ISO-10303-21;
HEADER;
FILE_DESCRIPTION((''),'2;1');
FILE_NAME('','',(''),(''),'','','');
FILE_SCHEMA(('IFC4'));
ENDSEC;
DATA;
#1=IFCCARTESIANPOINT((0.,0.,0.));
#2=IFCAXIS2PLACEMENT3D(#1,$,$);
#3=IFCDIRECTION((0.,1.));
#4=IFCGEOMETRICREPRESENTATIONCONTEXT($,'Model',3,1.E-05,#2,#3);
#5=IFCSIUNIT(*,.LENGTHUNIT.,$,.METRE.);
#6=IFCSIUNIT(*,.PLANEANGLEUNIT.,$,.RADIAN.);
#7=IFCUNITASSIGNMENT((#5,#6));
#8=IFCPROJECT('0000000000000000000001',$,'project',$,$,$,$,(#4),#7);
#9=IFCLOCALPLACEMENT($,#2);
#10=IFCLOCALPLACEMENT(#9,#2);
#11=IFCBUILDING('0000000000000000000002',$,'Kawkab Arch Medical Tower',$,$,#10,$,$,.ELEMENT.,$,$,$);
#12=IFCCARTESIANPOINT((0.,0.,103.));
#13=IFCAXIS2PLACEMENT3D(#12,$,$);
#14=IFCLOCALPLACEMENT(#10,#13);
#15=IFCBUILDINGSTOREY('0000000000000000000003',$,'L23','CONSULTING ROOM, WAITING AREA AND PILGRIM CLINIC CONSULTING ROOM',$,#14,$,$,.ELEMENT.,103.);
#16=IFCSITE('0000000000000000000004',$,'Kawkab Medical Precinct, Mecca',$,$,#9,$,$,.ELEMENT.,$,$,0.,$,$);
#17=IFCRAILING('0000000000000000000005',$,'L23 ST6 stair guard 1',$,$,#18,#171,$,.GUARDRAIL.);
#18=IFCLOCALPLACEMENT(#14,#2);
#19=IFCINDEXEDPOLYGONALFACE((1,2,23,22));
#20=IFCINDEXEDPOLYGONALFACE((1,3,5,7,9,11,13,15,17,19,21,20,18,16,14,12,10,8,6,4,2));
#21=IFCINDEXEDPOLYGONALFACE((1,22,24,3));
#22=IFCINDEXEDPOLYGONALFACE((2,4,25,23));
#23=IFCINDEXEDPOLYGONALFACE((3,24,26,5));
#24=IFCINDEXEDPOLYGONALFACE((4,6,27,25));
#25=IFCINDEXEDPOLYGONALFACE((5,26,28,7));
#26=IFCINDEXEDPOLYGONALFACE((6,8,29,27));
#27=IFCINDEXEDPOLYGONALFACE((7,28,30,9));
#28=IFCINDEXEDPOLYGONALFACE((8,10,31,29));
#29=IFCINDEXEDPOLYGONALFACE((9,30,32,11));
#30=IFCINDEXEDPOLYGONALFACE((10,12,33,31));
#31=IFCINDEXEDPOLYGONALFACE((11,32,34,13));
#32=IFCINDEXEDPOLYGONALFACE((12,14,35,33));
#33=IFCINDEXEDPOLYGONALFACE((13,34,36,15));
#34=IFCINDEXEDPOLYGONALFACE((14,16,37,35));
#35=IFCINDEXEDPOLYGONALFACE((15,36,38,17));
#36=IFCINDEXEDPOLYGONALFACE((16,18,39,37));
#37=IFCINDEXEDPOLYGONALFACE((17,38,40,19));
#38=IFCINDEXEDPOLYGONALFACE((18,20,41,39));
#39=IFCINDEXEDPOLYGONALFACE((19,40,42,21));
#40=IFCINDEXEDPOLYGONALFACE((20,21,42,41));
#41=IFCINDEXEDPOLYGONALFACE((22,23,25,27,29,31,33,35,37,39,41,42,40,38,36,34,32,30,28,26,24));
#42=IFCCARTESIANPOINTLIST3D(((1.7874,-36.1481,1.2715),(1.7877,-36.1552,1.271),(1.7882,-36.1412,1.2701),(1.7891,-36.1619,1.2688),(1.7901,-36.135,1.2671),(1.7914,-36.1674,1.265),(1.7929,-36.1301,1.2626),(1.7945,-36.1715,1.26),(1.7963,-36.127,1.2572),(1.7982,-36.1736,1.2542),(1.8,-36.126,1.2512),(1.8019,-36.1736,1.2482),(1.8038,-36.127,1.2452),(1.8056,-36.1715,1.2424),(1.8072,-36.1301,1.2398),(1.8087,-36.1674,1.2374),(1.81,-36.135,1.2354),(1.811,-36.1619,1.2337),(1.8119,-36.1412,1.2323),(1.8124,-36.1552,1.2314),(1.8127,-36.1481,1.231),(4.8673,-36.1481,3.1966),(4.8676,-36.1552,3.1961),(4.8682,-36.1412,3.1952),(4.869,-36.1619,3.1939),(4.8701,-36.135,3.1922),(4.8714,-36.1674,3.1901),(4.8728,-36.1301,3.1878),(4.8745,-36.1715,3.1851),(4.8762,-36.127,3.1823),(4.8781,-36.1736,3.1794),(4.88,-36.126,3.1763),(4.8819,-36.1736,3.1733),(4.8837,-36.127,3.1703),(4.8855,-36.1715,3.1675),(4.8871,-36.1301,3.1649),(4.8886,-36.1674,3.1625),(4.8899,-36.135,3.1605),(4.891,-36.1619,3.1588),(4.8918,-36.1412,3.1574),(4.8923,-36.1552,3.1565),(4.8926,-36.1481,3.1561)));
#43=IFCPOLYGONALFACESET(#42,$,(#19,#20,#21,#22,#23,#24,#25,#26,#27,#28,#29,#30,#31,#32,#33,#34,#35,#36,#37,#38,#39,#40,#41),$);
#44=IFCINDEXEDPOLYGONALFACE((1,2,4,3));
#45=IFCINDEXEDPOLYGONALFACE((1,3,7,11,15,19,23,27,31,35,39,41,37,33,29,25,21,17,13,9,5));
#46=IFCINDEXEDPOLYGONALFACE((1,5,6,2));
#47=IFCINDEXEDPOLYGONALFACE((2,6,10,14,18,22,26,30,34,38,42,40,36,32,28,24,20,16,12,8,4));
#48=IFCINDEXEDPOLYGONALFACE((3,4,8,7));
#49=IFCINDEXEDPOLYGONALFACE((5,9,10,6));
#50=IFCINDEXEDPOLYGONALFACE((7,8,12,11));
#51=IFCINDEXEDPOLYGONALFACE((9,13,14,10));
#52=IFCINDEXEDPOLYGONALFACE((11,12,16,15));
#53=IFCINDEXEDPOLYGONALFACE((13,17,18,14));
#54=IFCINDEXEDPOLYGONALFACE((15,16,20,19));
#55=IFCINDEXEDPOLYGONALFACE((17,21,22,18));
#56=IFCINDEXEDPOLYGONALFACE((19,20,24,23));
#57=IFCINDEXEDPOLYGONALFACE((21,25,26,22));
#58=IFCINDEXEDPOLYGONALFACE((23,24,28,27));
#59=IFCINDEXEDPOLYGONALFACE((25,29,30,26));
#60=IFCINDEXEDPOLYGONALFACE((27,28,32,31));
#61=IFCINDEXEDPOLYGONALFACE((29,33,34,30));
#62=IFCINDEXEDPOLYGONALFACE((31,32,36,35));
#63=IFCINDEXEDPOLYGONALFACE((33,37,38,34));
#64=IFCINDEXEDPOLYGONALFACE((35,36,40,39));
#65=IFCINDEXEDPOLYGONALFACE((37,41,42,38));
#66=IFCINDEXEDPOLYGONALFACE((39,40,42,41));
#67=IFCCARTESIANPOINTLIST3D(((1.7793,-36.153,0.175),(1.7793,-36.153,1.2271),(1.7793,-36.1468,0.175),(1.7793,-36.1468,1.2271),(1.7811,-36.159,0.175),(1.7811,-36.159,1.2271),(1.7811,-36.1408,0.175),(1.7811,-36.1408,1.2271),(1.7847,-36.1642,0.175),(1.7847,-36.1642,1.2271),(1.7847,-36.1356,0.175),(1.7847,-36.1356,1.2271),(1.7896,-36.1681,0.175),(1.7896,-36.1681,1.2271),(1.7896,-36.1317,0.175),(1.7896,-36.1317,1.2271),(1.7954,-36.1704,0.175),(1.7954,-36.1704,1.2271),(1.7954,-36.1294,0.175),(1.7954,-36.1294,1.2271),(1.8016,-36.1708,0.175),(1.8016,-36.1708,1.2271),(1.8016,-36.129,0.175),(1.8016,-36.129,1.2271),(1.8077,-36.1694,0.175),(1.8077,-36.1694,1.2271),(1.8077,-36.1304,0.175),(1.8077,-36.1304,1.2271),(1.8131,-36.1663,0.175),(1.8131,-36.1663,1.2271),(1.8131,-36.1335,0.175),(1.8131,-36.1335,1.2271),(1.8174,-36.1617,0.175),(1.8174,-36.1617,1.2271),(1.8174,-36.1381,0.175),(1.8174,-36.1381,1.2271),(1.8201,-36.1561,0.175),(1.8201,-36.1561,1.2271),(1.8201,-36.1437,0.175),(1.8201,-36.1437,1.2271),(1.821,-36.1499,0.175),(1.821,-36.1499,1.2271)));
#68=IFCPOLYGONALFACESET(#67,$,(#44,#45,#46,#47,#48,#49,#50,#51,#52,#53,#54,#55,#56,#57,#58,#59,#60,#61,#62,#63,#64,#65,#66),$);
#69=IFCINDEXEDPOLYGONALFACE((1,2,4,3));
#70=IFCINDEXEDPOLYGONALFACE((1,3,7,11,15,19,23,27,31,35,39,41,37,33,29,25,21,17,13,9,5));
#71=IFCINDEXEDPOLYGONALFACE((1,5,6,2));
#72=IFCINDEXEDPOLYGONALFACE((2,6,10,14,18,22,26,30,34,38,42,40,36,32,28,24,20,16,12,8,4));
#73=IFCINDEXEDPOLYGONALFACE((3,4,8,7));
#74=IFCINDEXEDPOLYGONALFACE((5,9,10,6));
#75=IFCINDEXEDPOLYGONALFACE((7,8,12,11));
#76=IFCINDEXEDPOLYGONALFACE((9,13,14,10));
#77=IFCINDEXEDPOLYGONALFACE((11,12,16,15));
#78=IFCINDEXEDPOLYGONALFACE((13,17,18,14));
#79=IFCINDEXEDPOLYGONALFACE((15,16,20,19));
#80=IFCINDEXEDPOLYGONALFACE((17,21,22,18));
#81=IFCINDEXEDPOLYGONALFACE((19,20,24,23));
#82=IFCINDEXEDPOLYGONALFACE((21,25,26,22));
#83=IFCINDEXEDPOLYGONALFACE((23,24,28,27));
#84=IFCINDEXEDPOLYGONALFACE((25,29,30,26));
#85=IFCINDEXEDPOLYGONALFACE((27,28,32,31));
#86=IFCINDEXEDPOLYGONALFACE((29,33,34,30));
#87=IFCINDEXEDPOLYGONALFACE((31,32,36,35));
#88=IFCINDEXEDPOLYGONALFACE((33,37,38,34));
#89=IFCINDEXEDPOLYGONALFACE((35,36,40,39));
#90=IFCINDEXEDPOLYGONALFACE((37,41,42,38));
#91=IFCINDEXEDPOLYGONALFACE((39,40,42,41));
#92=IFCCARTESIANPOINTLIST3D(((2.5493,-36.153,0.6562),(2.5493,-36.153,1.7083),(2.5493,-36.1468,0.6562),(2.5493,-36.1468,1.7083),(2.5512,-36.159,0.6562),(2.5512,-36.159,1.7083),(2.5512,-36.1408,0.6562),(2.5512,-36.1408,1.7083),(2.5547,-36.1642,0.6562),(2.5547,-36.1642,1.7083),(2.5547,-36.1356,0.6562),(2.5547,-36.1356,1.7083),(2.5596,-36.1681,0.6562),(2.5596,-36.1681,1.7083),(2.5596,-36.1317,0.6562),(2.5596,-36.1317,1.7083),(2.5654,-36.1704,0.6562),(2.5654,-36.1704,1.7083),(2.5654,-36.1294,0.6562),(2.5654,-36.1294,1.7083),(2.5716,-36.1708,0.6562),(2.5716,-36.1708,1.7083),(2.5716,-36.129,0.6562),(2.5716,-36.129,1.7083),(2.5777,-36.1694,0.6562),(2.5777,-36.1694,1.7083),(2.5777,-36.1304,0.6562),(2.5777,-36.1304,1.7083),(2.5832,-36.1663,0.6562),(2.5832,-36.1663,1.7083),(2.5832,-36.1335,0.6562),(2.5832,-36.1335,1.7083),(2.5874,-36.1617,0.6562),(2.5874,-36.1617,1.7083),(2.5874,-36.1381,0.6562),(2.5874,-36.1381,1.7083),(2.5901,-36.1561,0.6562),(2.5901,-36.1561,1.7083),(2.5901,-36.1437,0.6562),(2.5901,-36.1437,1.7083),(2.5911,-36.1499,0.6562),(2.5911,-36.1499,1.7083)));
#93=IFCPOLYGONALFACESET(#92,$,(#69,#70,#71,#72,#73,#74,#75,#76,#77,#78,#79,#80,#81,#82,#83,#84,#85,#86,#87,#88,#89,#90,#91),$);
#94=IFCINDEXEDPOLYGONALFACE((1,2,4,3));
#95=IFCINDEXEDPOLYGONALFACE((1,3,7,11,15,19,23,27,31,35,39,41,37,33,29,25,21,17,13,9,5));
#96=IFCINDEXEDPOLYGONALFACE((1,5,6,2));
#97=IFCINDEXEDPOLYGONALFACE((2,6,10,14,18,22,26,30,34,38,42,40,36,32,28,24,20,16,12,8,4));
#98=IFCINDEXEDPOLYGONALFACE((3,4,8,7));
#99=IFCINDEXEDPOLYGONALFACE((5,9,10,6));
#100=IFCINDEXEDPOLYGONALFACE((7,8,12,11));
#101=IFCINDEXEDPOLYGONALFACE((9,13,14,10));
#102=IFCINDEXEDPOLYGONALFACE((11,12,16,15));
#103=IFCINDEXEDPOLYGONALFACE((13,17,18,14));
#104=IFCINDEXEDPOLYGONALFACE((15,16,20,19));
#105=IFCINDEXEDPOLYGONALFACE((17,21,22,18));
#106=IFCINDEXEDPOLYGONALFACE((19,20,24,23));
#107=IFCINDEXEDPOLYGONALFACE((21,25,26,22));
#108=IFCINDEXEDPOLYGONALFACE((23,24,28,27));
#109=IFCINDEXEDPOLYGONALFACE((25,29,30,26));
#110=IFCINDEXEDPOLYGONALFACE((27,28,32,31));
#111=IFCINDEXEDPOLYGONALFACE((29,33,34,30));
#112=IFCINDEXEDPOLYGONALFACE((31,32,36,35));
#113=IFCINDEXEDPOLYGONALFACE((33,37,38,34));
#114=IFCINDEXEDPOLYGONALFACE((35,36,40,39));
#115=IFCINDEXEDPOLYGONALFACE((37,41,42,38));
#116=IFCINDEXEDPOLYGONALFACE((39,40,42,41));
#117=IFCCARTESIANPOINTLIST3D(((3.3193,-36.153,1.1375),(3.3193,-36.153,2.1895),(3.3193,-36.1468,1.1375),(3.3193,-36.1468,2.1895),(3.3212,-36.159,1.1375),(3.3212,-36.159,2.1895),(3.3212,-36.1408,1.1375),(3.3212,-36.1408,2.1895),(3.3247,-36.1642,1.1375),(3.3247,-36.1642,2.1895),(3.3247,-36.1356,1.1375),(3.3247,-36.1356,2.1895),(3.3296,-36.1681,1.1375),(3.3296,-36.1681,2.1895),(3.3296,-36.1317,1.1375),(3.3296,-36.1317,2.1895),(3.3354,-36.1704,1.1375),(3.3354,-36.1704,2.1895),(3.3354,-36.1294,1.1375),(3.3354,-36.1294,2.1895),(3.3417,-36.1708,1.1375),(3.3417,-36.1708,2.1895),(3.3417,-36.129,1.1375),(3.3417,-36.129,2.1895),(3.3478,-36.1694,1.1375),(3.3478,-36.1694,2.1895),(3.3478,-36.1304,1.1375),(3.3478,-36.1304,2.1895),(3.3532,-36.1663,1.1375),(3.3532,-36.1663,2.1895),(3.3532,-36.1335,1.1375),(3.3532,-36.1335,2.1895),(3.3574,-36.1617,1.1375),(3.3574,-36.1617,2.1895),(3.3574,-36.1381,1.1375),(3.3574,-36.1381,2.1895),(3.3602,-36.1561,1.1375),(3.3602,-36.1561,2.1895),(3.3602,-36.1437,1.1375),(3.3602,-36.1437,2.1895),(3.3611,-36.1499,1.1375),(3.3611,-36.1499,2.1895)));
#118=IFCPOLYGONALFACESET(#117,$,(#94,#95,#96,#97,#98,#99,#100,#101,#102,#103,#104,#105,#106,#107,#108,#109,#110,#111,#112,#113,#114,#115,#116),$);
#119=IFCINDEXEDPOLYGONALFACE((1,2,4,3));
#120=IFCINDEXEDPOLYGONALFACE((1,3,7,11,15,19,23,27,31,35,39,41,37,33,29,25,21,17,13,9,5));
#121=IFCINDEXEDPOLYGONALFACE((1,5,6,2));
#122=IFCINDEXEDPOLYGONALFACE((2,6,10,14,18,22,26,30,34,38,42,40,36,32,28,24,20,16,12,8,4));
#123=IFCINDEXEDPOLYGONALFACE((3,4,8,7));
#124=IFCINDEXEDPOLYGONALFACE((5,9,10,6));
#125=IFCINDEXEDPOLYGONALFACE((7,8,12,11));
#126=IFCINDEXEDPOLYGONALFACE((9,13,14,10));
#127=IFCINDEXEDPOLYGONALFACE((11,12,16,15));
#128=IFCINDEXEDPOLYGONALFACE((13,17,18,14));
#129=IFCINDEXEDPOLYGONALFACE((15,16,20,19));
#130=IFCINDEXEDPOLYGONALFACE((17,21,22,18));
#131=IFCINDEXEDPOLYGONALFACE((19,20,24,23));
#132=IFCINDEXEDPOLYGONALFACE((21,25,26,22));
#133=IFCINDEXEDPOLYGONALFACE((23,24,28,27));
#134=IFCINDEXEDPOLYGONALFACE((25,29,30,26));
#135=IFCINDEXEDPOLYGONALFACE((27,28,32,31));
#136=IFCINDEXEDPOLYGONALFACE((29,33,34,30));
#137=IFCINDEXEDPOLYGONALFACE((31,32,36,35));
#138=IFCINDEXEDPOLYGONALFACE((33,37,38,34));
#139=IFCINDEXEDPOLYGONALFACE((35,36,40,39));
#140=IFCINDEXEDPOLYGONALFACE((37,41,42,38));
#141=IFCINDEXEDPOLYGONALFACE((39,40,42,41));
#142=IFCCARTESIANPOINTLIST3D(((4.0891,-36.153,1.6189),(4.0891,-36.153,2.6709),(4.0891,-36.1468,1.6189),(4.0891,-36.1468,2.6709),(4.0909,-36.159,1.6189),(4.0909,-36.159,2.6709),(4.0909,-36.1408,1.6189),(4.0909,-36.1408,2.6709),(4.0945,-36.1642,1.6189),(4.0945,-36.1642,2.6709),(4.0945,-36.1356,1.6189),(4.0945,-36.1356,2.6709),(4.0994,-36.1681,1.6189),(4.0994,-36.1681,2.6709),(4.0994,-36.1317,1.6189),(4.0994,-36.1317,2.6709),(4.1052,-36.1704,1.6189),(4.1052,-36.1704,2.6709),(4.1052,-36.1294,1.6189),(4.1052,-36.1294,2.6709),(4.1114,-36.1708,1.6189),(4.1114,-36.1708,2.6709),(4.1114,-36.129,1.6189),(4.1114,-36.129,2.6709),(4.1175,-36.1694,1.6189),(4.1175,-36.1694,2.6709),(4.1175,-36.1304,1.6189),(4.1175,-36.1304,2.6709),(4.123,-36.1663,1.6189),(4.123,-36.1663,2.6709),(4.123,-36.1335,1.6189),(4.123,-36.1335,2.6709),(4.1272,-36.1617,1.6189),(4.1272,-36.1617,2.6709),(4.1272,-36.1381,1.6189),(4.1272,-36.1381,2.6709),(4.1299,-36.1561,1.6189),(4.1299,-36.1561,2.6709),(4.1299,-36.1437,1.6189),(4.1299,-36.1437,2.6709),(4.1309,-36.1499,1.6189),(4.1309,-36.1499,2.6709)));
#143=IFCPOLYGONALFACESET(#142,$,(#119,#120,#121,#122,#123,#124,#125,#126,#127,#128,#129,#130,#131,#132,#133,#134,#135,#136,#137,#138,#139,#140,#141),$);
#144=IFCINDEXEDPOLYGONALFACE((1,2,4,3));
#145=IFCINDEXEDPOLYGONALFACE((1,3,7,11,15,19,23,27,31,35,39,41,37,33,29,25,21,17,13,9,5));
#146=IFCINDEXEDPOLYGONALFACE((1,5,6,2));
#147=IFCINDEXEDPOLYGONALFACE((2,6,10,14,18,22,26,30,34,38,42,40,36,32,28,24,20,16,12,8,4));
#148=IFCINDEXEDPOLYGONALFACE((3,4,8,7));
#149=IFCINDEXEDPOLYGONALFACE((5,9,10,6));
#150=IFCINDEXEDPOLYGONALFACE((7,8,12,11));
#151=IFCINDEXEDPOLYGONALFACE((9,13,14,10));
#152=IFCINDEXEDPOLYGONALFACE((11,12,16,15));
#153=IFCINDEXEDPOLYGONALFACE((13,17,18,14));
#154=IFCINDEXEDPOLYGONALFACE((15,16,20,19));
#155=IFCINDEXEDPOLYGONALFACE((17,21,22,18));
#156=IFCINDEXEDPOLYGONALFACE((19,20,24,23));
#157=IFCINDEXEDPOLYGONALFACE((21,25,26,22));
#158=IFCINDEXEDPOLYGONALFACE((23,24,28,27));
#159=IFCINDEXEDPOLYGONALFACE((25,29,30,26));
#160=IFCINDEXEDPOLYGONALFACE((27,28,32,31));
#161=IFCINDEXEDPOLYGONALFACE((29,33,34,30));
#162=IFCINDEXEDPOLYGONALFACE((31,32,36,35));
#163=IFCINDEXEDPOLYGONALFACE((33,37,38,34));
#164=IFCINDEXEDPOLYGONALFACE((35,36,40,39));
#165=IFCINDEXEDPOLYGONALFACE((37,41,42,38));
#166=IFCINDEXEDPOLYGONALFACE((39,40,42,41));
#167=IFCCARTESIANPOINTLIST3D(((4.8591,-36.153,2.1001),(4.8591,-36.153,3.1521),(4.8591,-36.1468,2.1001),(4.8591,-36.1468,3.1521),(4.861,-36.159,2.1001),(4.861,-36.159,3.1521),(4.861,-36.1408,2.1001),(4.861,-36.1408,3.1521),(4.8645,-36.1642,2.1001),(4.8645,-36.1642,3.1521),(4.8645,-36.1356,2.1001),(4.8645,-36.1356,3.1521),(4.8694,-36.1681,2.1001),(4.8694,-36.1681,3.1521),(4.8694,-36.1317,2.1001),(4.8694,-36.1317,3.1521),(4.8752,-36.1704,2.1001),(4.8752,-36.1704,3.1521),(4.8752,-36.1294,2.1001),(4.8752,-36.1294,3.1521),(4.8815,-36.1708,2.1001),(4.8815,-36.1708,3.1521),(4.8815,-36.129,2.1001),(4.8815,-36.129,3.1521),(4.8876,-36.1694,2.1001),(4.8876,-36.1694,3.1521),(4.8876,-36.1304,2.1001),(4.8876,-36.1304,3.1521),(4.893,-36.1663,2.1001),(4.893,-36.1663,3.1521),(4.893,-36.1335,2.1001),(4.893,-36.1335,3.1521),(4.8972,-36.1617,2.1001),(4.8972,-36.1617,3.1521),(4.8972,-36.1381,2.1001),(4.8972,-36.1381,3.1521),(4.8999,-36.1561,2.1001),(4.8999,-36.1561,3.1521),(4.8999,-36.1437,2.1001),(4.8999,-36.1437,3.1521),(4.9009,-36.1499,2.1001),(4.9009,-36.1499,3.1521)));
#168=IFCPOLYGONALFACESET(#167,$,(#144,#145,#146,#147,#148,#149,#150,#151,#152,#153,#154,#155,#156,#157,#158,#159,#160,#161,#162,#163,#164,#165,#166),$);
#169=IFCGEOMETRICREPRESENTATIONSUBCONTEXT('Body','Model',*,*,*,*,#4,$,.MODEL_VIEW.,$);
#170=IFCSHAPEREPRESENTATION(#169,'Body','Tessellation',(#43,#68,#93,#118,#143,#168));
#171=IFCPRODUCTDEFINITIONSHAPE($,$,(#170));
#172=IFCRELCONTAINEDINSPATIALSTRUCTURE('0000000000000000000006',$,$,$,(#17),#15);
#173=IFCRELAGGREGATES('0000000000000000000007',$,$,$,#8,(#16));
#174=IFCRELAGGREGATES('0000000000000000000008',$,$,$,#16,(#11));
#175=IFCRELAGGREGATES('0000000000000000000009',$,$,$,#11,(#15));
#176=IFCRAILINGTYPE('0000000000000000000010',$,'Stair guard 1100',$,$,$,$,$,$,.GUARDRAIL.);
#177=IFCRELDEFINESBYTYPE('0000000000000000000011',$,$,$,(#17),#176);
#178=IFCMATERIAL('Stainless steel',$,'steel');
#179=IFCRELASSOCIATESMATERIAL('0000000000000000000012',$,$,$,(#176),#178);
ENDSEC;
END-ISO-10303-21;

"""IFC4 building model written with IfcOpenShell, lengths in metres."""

from ifc_helpers import new_model, si_unit, direction, frame, origin, origin_2d, place, context, subcontext, project, spatial, circle, extrude, material, type_object, element, save


model = new_model("IFC4")

# Units and contexts
model_context = context("Model", 3, precision=1e-05, world=origin(), true_north=direction((0.0, 1.0)))
body_context = subcontext(model_context, "Body", "Model", "MODEL_VIEW")
ifc_project = project(units=[si_unit("LENGTHUNIT", "METRE"), si_unit("PLANEANGLEUNIT", "RADIAN")], contexts=[model_context])

# Site, building, storey
site_placement = place(None, origin())
site = spatial("IfcSite", under=ifc_project, at=site_placement, Name="Kawkab Medical Precinct, Mecca", CompositionType="ELEMENT", RefElevation=0.0)
building_placement = place(site_placement, origin())
building = spatial("IfcBuilding", under=site, at=building_placement, Name="Kawkab Arch Medical Tower", CompositionType="ELEMENT")
storey_placement = place(building_placement, frame((0.0, 0.0, 103.0)))
storey = spatial("IfcBuildingStorey", under=building, at=storey_placement, Name="L23", Description="CONSULTING ROOM, WAITING AREA AND PILGRIM CLINIC CONSULTING ROOM", CompositionType="ELEMENT", Elevation=103.0)

# Railing
ifc_material_1 = material(Name="Stainless steel", Category="steel")
railing_type_1 = type_object("IfcRailingType", Name="Stair guard 1100", PredefinedType="GUARDRAIL", material=ifc_material_1)
railing_1_placement = place(storey_placement, frame((1.8, -36.1499, 0.175)))
element("IfcRailing", 1, at=railing_1_placement, inside=storey, type_object=railing_type_1, Name="L23 ST6 stair guard 1", PredefinedType="GUARDRAIL", context=body_context, shape_type="SweptSolid", body=[
    extrude(circle(Radius=0.0239, at=origin_2d()), frame((0.0, 0.0, 1.0762), z_axis=(0.847979, 0.0, 0.530029), x_axis=(0.0, 1.0, 0.0)), (0.0, 0.0, 1.0), 3.6321),
    extrude(circle(Radius=0.021, at=origin_2d()), origin(), (0.0, 0.0, 1.0), 1.052),
    extrude(circle(Radius=0.021, at=origin_2d()), frame((0.77, 0.0, 0.4812)), (0.0, 0.0, 1.0), 1.052),
    extrude(circle(Radius=0.021, at=origin_2d()), frame((1.54, 0.0, 0.9624)), (0.0, 0.0, 1.0), 1.052),
    extrude(circle(Radius=0.021, at=origin_2d()), frame((2.3098, 0.0, 1.4438)), (0.0, 0.0, 1.0), 1.052),
    extrude(circle(Radius=0.021, at=origin_2d()), frame((3.0798, 0.0, 1.925)), (0.0, 0.0, 1.0), 1.052),
])

save(model, "model.ifc")
